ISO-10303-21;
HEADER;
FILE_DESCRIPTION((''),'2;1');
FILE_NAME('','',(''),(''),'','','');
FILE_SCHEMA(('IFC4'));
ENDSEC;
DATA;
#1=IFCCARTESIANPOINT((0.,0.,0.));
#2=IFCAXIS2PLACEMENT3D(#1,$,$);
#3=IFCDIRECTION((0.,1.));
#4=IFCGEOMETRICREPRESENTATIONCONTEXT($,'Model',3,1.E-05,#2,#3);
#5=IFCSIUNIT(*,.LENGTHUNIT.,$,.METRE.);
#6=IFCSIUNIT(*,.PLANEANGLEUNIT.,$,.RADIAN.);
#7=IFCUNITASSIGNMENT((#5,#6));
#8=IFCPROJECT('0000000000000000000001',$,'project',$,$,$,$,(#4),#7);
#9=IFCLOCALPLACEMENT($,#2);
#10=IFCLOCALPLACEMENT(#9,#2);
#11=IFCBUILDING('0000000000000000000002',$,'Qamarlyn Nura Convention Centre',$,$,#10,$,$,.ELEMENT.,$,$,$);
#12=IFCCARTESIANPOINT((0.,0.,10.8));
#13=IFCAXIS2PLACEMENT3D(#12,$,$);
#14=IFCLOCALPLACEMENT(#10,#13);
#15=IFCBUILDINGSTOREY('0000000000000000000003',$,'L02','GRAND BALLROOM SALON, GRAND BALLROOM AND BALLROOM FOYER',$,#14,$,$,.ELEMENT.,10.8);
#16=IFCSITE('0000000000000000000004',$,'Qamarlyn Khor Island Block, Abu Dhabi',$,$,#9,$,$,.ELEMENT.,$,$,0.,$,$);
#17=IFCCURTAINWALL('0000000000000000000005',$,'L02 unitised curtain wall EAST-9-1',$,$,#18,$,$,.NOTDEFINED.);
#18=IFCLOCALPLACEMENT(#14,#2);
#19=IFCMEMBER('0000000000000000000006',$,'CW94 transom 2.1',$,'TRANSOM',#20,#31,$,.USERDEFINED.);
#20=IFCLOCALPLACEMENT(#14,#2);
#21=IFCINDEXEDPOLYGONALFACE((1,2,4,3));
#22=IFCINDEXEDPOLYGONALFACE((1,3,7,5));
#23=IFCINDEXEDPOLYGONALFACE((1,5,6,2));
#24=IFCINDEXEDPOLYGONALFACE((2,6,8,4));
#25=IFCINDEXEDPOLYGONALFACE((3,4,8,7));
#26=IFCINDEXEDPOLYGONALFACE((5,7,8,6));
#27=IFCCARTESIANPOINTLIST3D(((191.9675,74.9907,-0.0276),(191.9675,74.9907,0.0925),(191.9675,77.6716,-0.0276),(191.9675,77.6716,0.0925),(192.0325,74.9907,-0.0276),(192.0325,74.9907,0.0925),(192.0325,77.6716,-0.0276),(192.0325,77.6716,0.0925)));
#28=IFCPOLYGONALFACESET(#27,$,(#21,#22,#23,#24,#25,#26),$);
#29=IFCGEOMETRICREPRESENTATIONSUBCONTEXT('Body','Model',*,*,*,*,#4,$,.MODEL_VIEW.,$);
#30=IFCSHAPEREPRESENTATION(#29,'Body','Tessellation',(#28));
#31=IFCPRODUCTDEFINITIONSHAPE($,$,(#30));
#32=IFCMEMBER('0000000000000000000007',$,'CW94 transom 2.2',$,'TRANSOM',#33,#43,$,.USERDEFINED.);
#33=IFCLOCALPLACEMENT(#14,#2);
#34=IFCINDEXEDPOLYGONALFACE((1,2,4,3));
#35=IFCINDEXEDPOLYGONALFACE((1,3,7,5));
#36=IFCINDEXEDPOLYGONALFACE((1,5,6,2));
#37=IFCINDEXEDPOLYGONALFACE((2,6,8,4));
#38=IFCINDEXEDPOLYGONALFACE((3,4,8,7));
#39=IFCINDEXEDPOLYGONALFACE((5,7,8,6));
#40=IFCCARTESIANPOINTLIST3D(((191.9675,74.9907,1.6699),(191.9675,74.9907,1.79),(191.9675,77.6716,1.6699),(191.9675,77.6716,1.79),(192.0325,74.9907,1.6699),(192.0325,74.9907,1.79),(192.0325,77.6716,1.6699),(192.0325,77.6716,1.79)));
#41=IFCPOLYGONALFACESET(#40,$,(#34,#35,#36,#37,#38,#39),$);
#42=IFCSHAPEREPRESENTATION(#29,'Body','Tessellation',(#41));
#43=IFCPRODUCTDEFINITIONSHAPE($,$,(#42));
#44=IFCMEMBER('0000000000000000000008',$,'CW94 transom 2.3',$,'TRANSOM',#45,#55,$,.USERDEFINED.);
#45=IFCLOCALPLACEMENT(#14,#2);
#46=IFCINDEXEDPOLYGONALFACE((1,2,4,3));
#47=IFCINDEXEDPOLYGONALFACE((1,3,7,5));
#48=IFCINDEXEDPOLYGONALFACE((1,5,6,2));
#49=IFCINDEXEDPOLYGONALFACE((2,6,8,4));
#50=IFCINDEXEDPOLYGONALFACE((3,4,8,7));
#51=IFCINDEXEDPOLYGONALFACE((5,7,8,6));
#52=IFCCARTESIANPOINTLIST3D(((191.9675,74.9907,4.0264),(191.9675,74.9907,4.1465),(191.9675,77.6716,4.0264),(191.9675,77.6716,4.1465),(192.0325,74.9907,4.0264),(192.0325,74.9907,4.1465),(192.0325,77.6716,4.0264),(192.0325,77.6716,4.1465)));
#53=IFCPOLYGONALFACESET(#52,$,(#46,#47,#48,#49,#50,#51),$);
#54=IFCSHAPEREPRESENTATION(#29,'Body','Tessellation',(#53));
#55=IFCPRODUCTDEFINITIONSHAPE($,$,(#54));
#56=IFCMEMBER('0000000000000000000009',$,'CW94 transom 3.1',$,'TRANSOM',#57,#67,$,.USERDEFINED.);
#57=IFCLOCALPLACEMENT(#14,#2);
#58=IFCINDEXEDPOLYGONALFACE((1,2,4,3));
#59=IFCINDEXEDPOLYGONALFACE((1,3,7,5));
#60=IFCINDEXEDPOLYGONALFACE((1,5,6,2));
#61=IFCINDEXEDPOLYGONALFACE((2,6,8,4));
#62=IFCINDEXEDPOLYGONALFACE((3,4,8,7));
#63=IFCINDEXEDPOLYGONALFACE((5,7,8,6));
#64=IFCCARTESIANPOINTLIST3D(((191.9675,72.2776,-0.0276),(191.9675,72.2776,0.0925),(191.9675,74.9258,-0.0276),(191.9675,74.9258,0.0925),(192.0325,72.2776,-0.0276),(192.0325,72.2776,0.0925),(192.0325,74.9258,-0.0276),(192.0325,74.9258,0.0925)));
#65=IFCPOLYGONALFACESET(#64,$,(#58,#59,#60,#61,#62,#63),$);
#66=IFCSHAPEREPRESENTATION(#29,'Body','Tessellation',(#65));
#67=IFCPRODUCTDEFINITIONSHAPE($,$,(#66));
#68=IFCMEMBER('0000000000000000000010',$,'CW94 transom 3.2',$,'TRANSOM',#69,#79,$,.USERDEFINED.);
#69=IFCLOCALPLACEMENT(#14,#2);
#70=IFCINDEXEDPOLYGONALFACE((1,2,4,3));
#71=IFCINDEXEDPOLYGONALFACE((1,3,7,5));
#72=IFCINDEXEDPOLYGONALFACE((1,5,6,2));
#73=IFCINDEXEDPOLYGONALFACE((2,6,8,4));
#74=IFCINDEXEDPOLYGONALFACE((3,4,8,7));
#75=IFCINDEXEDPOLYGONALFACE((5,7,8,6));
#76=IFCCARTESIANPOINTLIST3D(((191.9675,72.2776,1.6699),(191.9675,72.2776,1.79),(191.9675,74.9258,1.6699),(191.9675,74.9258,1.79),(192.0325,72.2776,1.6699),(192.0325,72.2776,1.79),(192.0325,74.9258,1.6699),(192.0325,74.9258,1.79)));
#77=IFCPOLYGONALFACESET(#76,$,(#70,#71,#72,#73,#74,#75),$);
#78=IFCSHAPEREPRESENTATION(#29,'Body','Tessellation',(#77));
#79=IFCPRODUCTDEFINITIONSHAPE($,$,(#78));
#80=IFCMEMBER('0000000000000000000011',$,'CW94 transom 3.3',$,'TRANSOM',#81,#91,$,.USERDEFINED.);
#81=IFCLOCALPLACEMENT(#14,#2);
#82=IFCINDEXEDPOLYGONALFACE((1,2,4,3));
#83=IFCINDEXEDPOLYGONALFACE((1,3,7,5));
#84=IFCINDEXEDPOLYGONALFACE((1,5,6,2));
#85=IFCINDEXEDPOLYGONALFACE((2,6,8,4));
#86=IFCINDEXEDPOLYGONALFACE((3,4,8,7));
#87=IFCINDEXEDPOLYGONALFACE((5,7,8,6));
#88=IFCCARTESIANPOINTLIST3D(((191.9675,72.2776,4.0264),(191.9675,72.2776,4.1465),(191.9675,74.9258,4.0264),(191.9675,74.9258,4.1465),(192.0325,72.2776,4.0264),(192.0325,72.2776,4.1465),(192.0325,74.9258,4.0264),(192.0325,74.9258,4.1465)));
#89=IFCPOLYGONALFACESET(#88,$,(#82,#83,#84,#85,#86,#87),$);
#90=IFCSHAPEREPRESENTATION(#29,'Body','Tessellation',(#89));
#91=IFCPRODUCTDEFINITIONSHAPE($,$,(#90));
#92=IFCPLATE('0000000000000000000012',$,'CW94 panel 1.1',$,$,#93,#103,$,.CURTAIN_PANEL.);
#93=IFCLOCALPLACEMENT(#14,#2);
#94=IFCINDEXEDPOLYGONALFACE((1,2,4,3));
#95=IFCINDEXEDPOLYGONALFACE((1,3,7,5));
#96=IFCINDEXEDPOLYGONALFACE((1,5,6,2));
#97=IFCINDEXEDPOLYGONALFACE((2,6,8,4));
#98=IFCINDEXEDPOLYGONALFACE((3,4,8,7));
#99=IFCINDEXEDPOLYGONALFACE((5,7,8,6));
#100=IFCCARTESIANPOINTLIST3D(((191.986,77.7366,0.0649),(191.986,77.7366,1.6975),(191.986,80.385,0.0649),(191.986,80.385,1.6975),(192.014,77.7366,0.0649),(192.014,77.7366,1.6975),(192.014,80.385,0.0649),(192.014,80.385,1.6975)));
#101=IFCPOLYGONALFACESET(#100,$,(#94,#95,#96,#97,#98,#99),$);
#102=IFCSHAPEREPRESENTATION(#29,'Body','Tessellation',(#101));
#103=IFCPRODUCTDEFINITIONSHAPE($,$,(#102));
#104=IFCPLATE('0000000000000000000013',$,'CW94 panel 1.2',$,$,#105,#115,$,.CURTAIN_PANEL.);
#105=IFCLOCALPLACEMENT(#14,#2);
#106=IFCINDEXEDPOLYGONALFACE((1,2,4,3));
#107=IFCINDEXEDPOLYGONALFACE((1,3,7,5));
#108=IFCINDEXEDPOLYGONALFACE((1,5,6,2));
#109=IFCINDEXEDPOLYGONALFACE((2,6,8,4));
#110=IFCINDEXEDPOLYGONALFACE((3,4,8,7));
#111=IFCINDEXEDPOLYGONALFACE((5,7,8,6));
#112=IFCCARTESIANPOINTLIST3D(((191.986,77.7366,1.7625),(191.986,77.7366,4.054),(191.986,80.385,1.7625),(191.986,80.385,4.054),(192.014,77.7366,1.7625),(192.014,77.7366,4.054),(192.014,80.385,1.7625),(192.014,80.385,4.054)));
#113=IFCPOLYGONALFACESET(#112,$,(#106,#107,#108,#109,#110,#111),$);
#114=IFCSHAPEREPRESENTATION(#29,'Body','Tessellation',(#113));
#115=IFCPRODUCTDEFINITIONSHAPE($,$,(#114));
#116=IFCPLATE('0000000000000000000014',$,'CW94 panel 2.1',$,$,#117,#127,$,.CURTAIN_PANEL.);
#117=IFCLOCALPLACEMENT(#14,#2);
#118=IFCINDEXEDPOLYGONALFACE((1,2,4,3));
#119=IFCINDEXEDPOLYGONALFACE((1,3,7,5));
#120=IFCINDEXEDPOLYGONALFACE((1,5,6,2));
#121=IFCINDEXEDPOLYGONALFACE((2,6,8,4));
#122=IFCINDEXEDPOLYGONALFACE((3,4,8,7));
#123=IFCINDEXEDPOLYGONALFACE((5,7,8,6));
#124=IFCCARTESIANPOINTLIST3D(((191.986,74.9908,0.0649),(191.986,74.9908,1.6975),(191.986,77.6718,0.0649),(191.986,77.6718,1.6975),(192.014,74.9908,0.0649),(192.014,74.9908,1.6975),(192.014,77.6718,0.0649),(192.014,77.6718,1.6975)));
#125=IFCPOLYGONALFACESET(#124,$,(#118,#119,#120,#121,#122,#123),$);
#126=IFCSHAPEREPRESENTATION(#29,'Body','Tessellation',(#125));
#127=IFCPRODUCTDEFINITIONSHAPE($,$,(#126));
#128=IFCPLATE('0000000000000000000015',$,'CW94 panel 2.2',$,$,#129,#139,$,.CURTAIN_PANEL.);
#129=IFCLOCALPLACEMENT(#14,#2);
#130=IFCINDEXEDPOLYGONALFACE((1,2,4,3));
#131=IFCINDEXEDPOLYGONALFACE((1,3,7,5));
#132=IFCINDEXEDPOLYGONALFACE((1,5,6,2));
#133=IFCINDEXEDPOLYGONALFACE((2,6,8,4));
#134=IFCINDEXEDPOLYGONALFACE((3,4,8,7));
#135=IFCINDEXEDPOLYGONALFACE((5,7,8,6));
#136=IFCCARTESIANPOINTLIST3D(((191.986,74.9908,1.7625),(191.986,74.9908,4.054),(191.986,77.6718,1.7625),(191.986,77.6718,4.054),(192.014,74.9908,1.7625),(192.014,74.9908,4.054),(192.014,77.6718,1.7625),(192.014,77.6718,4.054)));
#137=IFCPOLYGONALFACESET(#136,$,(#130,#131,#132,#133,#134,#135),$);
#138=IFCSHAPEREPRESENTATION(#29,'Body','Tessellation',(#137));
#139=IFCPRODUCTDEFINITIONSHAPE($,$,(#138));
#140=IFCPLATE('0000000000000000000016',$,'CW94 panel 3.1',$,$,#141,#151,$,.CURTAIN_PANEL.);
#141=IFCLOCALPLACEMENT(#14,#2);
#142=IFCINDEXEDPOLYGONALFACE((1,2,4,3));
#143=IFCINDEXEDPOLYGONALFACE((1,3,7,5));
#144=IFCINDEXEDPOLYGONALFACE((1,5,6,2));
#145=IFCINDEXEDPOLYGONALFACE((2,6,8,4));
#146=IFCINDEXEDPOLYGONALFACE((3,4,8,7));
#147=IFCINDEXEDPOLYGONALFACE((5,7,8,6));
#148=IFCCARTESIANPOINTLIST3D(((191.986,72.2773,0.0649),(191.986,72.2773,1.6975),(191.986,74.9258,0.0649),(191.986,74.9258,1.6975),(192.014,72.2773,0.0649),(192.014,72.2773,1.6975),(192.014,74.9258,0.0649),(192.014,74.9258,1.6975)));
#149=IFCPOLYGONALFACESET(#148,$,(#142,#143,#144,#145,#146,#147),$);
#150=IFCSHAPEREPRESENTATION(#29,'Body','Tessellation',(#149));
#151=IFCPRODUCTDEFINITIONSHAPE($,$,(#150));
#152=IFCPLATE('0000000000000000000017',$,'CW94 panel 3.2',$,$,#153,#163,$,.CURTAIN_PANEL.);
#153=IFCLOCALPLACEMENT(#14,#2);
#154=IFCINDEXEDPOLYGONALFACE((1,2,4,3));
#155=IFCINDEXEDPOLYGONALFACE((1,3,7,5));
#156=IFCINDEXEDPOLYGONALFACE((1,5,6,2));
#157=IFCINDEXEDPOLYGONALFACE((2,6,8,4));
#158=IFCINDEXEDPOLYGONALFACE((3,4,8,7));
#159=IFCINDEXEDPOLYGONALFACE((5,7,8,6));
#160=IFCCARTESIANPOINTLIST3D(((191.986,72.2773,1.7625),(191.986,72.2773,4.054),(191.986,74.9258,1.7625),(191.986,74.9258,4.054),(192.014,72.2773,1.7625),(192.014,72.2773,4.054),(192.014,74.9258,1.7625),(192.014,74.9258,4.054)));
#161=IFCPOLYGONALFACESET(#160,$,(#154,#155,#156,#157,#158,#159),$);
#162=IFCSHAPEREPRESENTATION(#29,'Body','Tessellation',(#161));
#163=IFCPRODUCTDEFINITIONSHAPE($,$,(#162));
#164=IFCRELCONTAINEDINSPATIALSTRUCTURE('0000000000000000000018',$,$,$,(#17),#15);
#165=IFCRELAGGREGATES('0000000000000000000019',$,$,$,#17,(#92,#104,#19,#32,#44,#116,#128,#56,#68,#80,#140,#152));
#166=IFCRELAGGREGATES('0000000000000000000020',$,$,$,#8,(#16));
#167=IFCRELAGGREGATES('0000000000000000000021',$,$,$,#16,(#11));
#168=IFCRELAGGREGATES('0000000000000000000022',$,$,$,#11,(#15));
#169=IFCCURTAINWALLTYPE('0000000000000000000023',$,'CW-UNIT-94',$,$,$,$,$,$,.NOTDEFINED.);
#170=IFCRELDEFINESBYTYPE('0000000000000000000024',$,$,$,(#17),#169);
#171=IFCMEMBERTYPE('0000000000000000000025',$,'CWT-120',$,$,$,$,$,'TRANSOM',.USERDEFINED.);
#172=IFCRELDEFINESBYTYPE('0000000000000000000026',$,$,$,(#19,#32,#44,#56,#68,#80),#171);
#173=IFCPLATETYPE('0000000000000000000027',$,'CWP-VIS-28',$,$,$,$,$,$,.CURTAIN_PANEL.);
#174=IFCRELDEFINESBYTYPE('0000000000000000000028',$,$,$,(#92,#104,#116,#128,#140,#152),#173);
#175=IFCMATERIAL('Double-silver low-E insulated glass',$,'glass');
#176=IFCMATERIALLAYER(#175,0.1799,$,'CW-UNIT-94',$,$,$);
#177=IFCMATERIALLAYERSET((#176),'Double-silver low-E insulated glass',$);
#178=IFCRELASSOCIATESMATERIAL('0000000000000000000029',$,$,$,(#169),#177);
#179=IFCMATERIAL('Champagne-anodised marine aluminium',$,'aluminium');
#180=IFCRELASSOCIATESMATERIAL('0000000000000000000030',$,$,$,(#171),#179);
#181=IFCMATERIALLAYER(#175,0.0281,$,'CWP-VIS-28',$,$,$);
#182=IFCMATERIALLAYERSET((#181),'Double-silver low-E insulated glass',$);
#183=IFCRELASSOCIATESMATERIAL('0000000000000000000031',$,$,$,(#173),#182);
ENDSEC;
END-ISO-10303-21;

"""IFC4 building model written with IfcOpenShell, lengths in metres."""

from ifc_helpers import new_model, si_unit, direction, frame, origin, origin_2d, place, context, subcontext, project, spatial, rectangle, extrude, material, layer, layer_set, material_profile, profile_set, type_object, element, aggregate, save


model = new_model("IFC4")

# Units and contexts
model_context = context("Model", 3, precision=1e-05, world=origin(), true_north=direction((0.0, 1.0)))
body_context = subcontext(model_context, "Body", "Model", "MODEL_VIEW")
ifc_project = project(units=[si_unit("LENGTHUNIT", "METRE"), si_unit("PLANEANGLEUNIT", "RADIAN")], contexts=[model_context])

# Site, building, storey
site_placement = place(None, origin())
site = spatial("IfcSite", under=ifc_project, at=site_placement, Name="Qamarlyn Khor Island Block, Abu Dhabi", CompositionType="ELEMENT", RefElevation=0.0)
building_placement = place(site_placement, origin())
building = spatial("IfcBuilding", under=site, at=building_placement, Name="Qamarlyn Nura Convention Centre", CompositionType="ELEMENT")
storey_placement = place(building_placement, frame((0.0, 0.0, 10.8)))
storey = spatial("IfcBuildingStorey", under=building, at=storey_placement, Name="L02", Description="GRAND BALLROOM SALON, GRAND BALLROOM AND BALLROOM FOYER", CompositionType="ELEMENT", Elevation=10.8)

# Curtain wall, members, plates
ifc_material_1 = material(Name="Double-silver low-E insulated glass", Category="glass")
ifc_layer_1 = layer(ifc_material_1, 0.1799, Name="CW-UNIT-94")
ifc_layer_set_1 = layer_set([ifc_layer_1], Name="Double-silver low-E insulated glass")
curtain_wall_type = type_object("IfcCurtainWallType", Name="CW-UNIT-94", PredefinedType="NOTDEFINED", material=ifc_layer_set_1)
curtain_wall_placement = place(storey_placement, origin())
curtain_wall = element("IfcCurtainWall", 1, at=curtain_wall_placement, inside=storey, type_object=curtain_wall_type, Name="L02 unitised curtain wall EAST-9-1", PredefinedType="NOTDEFINED")
ifc_material_2 = material(Name="Champagne-anodised marine aluminium", Category="aluminium")
ifc_material_profile_1 = material_profile(ifc_material_2, rectangle(XDim=0.0649, YDim=0.1201, at=origin_2d()), Name="ALU TRANSOM 65x120")
ifc_profile_set_1 = profile_set([ifc_material_profile_1], Name="Champagne-anodised marine aluminium")
member_type_1 = type_object("IfcMemberType", Name="CWT-120", ElementType="TRANSOM", PredefinedType="USERDEFINED", material=ifc_profile_set_1)
member_1_placement = place(storey_placement, frame((192.0, 77.6716, 0.0325), z_axis=(0.0, -1.0, 0.0), x_axis=(1.0, 0.0, 0.0)))
member_1 = element("IfcMember", 2, at=member_1_placement, type_object=member_type_1, Name="CW94 transom 2.1", ObjectType="TRANSOM", PredefinedType="USERDEFINED", context=body_context, shape_type="SweptSolid", body=[
    extrude(rectangle(XDim=0.0649, YDim=0.1201, at=origin_2d()), origin(), (0.0, 0.0, 1.0), 2.6809),
])
member_2_placement = place(storey_placement, frame((192.0, 77.6716, 1.73), z_axis=(0.0, -1.0, 0.0), x_axis=(1.0, 0.0, 0.0)))
member_2 = element("IfcMember", 3, at=member_2_placement, type_object=member_type_1, Name="CW94 transom 2.2", ObjectType="TRANSOM", PredefinedType="USERDEFINED", context=body_context, shape_type="SweptSolid", body=[
    extrude(rectangle(XDim=0.0649, YDim=0.1201, at=origin_2d()), origin(), (0.0, 0.0, 1.0), 2.6809),
])
member_3_placement = place(storey_placement, frame((192.0, 77.6716, 4.0864), z_axis=(0.0, -1.0, 0.0), x_axis=(1.0, 0.0, 0.0)))
member_3 = element("IfcMember", 4, at=member_3_placement, type_object=member_type_1, Name="CW94 transom 2.3", ObjectType="TRANSOM", PredefinedType="USERDEFINED", context=body_context, shape_type="SweptSolid", body=[
    extrude(rectangle(XDim=0.0649, YDim=0.1201, at=origin_2d()), origin(), (0.0, 0.0, 1.0), 2.6809),
])
member_4_placement = place(storey_placement, frame((192.0, 74.9258, 0.0325), z_axis=(0.0, -1.0, 0.0), x_axis=(1.0, 0.0, 0.0)))
member_4 = element("IfcMember", 5, at=member_4_placement, type_object=member_type_1, Name="CW94 transom 3.1", ObjectType="TRANSOM", PredefinedType="USERDEFINED", context=body_context, shape_type="SweptSolid", body=[
    extrude(rectangle(XDim=0.0649, YDim=0.1201, at=origin_2d()), origin(), (0.0, 0.0, 1.0), 2.6482),
])
member_5_placement = place(storey_placement, frame((192.0, 74.9258, 1.73), z_axis=(0.0, -1.0, 0.0), x_axis=(1.0, 0.0, 0.0)))
member_5 = element("IfcMember", 6, at=member_5_placement, type_object=member_type_1, Name="CW94 transom 3.2", ObjectType="TRANSOM", PredefinedType="USERDEFINED", context=body_context, shape_type="SweptSolid", body=[
    extrude(rectangle(XDim=0.0649, YDim=0.1201, at=origin_2d()), origin(), (0.0, 0.0, 1.0), 2.6482),
])
member_6_placement = place(storey_placement, frame((192.0, 74.9258, 4.0864), z_axis=(0.0, -1.0, 0.0), x_axis=(1.0, 0.0, 0.0)))
member_6 = element("IfcMember", 7, at=member_6_placement, type_object=member_type_1, Name="CW94 transom 3.3", ObjectType="TRANSOM", PredefinedType="USERDEFINED", context=body_context, shape_type="SweptSolid", body=[
    extrude(rectangle(XDim=0.0649, YDim=0.1201, at=origin_2d()), origin(), (0.0, 0.0, 1.0), 2.6482),
])
ifc_layer_2 = layer(ifc_material_1, 0.0281, Name="CWP-VIS-28")
ifc_layer_set_2 = layer_set([ifc_layer_2], Name="Double-silver low-E insulated glass")
plate_type = type_object("IfcPlateType", Name="CWP-VIS-28", PredefinedType="CURTAIN_PANEL", material=ifc_layer_set_2)
plate_1_placement = place(storey_placement, frame((192.0, 79.0608, 0.0649), z_axis=(0.0, 0.0, 1.0), x_axis=(0.0, -1.0, 0.0)))
plate_1 = element("IfcPlate", 8, at=plate_1_placement, type_object=plate_type, Name="CW94 panel 1.1", PredefinedType="CURTAIN_PANEL", context=body_context, shape_type="SweptSolid", body=[
    extrude(rectangle(XDim=2.6484, YDim=0.0281, at=origin_2d()), origin(), (0.0, 0.0, 1.0), 1.6326),
])
plate_2_placement = place(storey_placement, frame((192.0, 79.0608, 1.7625), z_axis=(0.0, 0.0, 1.0), x_axis=(0.0, -1.0, 0.0)))
plate_2 = element("IfcPlate", 9, at=plate_2_placement, type_object=plate_type, Name="CW94 panel 1.2", PredefinedType="CURTAIN_PANEL", context=body_context, shape_type="SweptSolid", body=[
    extrude(rectangle(XDim=2.6484, YDim=0.0281, at=origin_2d()), origin(), (0.0, 0.0, 1.0), 2.2915),
])
plate_3_placement = place(storey_placement, frame((192.0, 76.3313, 0.0649), z_axis=(0.0, 0.0, 1.0), x_axis=(0.0, -1.0, 0.0)))
plate_3 = element("IfcPlate", 10, at=plate_3_placement, type_object=plate_type, Name="CW94 panel 2.1", PredefinedType="CURTAIN_PANEL", context=body_context, shape_type="SweptSolid", body=[
    extrude(rectangle(XDim=2.6809, YDim=0.0281, at=origin_2d()), origin(), (0.0, 0.0, 1.0), 1.6326),
])
plate_4_placement = place(storey_placement, frame((192.0, 76.3313, 1.7625), z_axis=(0.0, 0.0, 1.0), x_axis=(0.0, -1.0, 0.0)))
plate_4 = element("IfcPlate", 11, at=plate_4_placement, type_object=plate_type, Name="CW94 panel 2.2", PredefinedType="CURTAIN_PANEL", context=body_context, shape_type="SweptSolid", body=[
    extrude(rectangle(XDim=2.6809, YDim=0.0281, at=origin_2d()), origin(), (0.0, 0.0, 1.0), 2.2915),
])
plate_5_placement = place(storey_placement, frame((192.0, 73.6016, 0.0649), z_axis=(0.0, 0.0, 1.0), x_axis=(0.0, -1.0, 0.0)))
plate_5 = element("IfcPlate", 12, at=plate_5_placement, type_object=plate_type, Name="CW94 panel 3.1", PredefinedType="CURTAIN_PANEL", context=body_context, shape_type="SweptSolid", body=[
    extrude(rectangle(XDim=2.6484, YDim=0.0281, at=origin_2d()), origin(), (0.0, 0.0, 1.0), 1.6326),
])
plate_6_placement = place(storey_placement, frame((192.0, 73.6016, 1.7625), z_axis=(0.0, 0.0, 1.0), x_axis=(0.0, -1.0, 0.0)))
plate_6 = element("IfcPlate", 13, at=plate_6_placement, type_object=plate_type, Name="CW94 panel 3.2", PredefinedType="CURTAIN_PANEL", context=body_context, shape_type="SweptSolid", body=[
    extrude(rectangle(XDim=2.6484, YDim=0.0281, at=origin_2d()), origin(), (0.0, 0.0, 1.0), 2.2915),
])
aggregate(curtain_wall, [plate_1, plate_2, member_1, member_2, member_3, plate_3, plate_4, member_4, member_5, member_6, plate_5, plate_6])

save(model, "model.ifc")
